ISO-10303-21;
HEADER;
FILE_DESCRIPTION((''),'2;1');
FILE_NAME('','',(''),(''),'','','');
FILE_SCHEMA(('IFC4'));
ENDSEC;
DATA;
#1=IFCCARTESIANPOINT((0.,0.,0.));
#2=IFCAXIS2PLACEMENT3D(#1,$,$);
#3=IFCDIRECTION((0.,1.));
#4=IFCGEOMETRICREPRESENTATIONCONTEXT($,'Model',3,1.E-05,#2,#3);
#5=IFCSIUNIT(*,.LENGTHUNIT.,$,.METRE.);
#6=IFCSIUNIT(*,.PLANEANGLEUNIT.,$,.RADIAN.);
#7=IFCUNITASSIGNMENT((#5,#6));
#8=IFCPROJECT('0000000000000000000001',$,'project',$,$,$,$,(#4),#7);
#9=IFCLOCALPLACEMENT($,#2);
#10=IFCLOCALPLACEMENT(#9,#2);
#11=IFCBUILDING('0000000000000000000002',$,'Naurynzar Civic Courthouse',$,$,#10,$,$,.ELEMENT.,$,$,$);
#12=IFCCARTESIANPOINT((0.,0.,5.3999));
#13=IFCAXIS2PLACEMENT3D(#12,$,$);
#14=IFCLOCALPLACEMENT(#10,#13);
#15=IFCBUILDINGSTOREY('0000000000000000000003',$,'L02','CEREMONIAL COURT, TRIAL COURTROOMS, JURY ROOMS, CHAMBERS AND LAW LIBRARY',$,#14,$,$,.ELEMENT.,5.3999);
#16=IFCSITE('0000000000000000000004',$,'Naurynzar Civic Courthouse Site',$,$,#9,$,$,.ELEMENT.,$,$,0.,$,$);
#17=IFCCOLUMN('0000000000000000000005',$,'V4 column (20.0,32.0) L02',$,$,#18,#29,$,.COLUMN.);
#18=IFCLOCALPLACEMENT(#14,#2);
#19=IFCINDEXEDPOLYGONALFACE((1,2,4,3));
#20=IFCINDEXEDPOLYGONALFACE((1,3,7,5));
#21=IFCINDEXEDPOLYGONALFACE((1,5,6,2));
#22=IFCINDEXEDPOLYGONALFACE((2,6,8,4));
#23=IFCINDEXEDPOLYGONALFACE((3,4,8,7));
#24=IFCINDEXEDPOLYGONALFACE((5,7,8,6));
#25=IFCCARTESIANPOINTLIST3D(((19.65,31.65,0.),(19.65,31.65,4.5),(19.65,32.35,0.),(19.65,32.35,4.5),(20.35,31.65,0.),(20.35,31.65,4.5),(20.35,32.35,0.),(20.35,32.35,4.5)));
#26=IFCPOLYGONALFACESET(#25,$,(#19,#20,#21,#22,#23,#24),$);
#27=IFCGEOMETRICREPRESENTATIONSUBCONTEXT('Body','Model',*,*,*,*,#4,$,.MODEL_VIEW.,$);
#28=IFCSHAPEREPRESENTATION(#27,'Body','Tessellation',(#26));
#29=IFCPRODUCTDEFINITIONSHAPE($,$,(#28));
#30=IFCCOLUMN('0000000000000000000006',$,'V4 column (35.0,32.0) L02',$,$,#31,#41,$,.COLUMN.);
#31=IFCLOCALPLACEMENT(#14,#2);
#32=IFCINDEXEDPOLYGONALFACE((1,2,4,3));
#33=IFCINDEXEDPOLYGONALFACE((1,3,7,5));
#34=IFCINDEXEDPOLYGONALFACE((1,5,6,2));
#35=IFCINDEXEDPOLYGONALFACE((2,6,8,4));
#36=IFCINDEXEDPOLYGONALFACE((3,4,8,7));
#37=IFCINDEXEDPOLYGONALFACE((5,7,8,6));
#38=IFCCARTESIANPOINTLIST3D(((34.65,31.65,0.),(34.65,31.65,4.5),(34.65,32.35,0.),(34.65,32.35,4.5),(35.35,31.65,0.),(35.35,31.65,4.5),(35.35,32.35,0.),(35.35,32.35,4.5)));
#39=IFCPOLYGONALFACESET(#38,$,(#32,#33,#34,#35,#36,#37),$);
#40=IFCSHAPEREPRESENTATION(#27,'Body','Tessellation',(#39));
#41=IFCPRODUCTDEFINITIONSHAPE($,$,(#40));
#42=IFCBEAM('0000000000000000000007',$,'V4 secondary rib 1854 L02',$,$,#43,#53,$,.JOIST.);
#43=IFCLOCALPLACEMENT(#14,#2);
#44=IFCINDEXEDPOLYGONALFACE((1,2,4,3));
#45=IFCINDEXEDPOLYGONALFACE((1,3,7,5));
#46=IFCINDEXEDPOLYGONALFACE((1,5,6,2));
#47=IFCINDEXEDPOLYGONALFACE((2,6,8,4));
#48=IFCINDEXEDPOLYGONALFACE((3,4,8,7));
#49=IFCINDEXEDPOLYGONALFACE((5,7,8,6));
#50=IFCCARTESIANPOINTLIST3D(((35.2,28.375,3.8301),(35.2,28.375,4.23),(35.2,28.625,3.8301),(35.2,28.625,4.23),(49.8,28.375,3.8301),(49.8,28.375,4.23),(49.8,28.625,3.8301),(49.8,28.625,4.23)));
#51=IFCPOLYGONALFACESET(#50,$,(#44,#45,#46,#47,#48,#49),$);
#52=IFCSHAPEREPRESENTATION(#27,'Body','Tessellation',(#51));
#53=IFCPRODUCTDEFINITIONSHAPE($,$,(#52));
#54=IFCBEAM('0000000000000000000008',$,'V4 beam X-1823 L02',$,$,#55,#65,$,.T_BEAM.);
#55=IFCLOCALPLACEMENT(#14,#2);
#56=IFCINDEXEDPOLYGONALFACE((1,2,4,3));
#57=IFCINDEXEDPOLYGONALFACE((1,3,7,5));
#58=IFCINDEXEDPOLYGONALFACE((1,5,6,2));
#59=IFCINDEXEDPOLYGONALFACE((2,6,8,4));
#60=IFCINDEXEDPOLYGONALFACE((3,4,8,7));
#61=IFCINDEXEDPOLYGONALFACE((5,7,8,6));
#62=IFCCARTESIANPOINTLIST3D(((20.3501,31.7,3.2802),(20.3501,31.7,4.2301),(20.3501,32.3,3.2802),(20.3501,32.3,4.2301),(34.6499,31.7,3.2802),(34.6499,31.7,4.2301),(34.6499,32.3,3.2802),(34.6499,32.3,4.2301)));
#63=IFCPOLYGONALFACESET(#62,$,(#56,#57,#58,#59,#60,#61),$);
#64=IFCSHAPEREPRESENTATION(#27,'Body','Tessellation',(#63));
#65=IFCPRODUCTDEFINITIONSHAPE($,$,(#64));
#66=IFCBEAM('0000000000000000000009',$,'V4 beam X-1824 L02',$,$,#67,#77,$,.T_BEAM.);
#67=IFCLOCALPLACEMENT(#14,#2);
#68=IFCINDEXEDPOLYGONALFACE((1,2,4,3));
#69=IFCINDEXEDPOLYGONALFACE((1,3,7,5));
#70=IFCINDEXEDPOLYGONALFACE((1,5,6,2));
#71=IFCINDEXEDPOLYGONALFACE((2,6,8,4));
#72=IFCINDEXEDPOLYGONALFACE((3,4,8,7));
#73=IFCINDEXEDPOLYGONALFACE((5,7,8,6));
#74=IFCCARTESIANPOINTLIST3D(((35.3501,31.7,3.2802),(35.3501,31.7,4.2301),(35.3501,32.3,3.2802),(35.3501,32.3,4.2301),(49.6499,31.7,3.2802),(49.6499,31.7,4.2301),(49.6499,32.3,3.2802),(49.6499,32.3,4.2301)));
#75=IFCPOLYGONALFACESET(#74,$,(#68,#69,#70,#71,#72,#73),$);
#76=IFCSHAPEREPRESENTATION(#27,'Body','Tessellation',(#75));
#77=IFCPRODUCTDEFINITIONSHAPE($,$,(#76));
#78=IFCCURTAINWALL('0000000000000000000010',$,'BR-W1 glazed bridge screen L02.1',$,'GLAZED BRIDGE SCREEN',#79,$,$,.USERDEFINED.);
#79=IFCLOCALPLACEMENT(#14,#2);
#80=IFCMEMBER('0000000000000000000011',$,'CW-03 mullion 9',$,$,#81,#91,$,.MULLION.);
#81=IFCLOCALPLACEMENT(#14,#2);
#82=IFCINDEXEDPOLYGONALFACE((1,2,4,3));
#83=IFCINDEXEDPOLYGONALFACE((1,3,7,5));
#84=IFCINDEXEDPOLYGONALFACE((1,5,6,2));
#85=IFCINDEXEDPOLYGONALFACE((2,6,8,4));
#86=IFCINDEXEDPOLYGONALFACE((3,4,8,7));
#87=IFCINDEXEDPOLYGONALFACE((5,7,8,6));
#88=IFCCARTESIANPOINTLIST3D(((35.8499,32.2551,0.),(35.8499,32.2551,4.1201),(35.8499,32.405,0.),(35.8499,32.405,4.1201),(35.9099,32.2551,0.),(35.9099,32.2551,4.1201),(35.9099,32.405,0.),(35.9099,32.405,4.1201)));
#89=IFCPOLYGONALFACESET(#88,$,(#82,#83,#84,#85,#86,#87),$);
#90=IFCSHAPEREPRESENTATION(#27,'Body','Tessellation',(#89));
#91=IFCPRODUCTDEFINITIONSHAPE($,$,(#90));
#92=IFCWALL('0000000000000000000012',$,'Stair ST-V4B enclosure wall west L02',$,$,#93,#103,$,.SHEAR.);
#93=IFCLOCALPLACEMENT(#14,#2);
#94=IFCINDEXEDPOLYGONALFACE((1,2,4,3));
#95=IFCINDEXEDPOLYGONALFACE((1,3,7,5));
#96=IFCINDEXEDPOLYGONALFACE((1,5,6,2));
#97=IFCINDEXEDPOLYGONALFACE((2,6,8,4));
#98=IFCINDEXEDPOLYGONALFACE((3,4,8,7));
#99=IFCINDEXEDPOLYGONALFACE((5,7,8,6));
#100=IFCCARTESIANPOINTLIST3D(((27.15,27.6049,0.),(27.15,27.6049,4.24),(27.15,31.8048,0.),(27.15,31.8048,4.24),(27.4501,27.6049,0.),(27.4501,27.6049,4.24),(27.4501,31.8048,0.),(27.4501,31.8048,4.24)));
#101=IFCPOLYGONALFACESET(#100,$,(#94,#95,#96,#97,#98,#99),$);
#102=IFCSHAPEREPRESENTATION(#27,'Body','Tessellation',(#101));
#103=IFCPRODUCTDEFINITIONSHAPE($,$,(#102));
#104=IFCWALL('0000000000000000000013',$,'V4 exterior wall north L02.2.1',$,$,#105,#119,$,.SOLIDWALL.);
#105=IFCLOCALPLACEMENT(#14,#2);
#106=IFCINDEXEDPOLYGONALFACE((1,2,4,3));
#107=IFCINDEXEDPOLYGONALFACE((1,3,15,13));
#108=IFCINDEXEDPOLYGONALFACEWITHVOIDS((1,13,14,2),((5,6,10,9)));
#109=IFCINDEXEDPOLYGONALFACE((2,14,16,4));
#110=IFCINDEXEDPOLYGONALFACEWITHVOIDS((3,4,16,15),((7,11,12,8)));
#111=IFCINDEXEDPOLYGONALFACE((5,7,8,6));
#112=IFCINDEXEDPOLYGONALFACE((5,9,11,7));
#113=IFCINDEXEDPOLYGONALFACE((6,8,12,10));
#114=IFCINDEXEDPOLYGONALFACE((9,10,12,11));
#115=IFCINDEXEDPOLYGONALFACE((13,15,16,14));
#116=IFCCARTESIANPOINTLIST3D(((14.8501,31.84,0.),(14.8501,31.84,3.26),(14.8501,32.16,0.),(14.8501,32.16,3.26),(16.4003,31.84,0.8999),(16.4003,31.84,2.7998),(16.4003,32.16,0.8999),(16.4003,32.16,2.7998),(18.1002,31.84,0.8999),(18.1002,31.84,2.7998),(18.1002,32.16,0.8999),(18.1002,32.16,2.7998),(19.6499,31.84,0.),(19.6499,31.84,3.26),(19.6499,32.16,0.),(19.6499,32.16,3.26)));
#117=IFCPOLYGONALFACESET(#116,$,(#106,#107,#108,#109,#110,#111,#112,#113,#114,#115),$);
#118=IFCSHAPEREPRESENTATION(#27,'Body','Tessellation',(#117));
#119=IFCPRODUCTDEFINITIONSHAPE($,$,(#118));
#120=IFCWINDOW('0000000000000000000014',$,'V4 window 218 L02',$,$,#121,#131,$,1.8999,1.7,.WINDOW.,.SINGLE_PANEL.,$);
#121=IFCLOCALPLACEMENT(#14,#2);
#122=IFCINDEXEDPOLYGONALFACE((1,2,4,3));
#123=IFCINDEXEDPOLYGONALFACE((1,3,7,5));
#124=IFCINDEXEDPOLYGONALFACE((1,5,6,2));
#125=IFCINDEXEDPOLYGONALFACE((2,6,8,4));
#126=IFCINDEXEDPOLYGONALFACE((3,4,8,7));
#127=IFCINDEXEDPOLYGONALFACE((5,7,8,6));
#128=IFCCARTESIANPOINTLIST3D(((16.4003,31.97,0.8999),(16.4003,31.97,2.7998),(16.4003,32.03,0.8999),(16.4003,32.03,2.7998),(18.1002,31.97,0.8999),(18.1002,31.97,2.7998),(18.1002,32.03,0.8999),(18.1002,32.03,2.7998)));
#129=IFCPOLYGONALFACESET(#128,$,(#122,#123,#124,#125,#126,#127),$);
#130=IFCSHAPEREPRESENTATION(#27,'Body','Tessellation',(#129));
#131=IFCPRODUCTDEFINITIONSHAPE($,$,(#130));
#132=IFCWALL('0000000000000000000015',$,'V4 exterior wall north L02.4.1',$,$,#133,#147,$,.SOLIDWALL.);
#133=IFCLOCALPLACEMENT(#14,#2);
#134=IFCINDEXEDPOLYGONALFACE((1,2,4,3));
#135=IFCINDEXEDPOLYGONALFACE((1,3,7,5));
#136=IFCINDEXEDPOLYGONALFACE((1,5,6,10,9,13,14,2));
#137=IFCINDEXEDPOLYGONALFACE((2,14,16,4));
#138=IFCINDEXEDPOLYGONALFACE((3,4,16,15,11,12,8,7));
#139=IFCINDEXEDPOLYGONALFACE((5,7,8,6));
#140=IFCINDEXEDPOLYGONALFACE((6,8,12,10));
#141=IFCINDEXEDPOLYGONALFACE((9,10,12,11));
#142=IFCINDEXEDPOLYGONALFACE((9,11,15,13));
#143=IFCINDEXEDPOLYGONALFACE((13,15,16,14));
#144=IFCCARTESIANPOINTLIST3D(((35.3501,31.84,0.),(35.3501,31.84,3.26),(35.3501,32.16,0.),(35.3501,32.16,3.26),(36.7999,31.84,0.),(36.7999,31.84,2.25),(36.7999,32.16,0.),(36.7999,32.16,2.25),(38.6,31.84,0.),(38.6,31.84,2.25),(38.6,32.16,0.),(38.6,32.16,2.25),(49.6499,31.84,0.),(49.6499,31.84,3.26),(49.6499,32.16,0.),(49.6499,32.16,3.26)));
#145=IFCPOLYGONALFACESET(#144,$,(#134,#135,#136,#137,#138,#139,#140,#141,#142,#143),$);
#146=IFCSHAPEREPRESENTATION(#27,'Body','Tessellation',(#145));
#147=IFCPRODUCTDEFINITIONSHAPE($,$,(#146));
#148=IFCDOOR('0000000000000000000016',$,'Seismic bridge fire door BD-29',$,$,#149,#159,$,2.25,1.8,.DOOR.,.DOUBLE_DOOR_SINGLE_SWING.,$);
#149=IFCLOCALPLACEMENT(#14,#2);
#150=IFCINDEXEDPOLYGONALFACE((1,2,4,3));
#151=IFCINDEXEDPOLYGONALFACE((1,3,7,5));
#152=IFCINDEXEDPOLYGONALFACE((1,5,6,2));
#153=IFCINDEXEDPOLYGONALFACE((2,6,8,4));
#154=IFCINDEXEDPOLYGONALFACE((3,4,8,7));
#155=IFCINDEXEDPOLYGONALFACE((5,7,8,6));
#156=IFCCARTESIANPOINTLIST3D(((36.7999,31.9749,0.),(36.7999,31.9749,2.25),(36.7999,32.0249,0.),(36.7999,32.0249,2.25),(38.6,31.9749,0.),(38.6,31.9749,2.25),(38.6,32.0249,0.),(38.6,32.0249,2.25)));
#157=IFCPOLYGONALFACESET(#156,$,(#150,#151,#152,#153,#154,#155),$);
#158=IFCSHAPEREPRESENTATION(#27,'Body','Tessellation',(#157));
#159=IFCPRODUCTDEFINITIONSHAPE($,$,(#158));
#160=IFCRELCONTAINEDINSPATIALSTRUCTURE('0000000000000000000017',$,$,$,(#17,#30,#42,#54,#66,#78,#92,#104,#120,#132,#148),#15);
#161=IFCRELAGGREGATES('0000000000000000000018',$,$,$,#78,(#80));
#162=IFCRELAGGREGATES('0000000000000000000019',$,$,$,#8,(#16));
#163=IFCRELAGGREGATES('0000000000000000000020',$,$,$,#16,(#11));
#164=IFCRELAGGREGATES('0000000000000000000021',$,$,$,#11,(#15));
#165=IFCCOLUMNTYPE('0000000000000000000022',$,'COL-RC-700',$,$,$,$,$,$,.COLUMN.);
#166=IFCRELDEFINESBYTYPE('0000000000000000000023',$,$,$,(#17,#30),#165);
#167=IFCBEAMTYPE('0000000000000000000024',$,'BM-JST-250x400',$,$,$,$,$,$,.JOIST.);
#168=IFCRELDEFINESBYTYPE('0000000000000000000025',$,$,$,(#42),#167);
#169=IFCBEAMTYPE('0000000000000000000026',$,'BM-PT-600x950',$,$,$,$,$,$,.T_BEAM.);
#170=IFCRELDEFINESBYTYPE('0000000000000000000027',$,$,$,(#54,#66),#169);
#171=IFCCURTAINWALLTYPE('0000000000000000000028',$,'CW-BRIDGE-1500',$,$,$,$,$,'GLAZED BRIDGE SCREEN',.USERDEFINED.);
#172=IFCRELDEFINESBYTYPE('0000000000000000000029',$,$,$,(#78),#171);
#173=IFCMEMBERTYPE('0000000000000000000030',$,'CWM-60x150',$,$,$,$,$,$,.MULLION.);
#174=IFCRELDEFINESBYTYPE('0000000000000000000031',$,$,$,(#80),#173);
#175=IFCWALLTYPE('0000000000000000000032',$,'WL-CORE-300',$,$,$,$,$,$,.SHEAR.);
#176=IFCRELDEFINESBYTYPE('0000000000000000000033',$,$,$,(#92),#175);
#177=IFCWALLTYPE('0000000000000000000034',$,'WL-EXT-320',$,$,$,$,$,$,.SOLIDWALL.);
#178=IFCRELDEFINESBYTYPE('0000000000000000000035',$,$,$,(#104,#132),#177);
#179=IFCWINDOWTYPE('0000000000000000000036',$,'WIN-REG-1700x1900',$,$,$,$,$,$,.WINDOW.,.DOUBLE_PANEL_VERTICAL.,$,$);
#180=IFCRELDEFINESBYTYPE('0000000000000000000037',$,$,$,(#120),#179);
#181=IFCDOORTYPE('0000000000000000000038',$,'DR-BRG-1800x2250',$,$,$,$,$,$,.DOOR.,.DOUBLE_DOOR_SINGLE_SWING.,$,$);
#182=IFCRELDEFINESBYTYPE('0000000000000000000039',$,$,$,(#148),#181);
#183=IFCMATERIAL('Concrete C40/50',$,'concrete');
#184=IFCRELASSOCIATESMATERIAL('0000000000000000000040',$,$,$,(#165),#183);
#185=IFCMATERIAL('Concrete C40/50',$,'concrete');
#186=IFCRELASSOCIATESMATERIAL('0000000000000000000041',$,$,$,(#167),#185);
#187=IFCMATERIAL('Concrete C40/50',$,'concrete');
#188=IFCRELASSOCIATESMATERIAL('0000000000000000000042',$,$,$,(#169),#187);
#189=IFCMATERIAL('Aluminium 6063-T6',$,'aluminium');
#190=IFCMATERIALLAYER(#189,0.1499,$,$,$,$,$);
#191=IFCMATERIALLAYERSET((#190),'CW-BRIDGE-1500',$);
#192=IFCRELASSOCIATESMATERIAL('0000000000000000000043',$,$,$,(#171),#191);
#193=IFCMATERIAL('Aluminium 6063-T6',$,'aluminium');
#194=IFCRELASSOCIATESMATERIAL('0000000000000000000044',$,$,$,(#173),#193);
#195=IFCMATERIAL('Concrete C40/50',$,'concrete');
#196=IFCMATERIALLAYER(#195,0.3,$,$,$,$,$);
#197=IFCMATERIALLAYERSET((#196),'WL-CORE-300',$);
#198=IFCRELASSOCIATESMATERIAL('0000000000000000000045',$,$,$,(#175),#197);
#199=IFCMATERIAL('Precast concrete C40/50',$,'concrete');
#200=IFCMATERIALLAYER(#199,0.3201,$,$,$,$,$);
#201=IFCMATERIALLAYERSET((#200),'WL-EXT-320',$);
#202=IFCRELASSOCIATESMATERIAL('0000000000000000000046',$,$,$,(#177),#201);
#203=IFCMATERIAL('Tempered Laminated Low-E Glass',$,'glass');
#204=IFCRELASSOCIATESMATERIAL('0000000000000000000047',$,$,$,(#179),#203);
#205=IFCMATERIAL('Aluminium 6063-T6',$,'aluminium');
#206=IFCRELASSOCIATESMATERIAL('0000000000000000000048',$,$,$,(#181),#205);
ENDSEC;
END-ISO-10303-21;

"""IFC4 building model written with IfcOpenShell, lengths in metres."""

from ifc_helpers import new_model, si_unit, direction, frame, frame_2d, origin, origin_2d, place, context, subcontext, project, spatial, rectangle, extrude, material, layer, layer_set, material_profile, profile_set, type_object, element, fill, aggregate, save


model = new_model("IFC4")

# Units and contexts
model_context = context("Model", 3, precision=1e-05, world=origin(), true_north=direction((0.0, 1.0)))
body_context = subcontext(model_context, "Body", "Model", "MODEL_VIEW")
ifc_project = project(units=[si_unit("LENGTHUNIT", "METRE"), si_unit("PLANEANGLEUNIT", "RADIAN")], contexts=[model_context])

# Site, building, storey
site_placement = place(None, origin())
site = spatial("IfcSite", under=ifc_project, at=site_placement, Name="Naurynzar Civic Courthouse Site", CompositionType="ELEMENT", RefElevation=0.0)
building_placement = place(site_placement, origin())
building = spatial("IfcBuilding", under=site, at=building_placement, Name="Naurynzar Civic Courthouse", CompositionType="ELEMENT")
storey_placement = place(building_placement, frame((0.0, 0.0, 5.3999)))
storey = spatial("IfcBuildingStorey", under=building, at=storey_placement, Name="L02", Description="CEREMONIAL COURT, TRIAL COURTROOMS, JURY ROOMS, CHAMBERS AND LAW LIBRARY", CompositionType="ELEMENT", Elevation=5.3999)

# Columns
ifc_material_1 = material(Name="Concrete C40/50", Category="concrete")
ifc_material_profile_1 = material_profile(ifc_material_1, rectangle(XDim=0.7, YDim=0.7, at=origin_2d()), Name="RC 700x700")
ifc_profile_set_1 = profile_set([ifc_material_profile_1], Name="Concrete C40/50")
column_type = type_object("IfcColumnType", Name="COL-RC-700", PredefinedType="COLUMN", material=ifc_profile_set_1)
for number, where, z_axis, x_axis, name in (
    (1, (20.0, 32.0, 0.0), (0.0, 0.0, 1.0), (1.0, 0.0, 0.0), "V4 column (20.0,32.0) L02"),
    (2, (35.0, 32.0, 0.0), (0.0, 0.0, 1.0), (1.0, 0.0, 0.0), "V4 column (35.0,32.0) L02"),
):
    element("IfcColumn", number, at=place(storey_placement, frame(where, z_axis=z_axis, x_axis=x_axis)), inside=storey, type_object=column_type, Name=name, PredefinedType="COLUMN", context=body_context, shape_type="SweptSolid", body=[
        extrude(rectangle(XDim=0.7, YDim=0.7, at=origin_2d()), origin(), (0.0, 0.0, 1.0), 4.5),
    ])

# Beams
ifc_material_2 = material(Name="Concrete C40/50", Category="concrete")
ifc_material_profile_2 = material_profile(ifc_material_2, rectangle(XDim=0.25, YDim=0.3999, at=origin_2d()), Name="RCB 250x400")
ifc_profile_set_2 = profile_set([ifc_material_profile_2], Name="Concrete C40/50")
beam_type_1 = type_object("IfcBeamType", Name="BM-JST-250x400", PredefinedType="JOIST", material=ifc_profile_set_2)
beam_placement = place(storey_placement, frame((35.2, 28.5, 4.03), z_axis=(1.0, 0.0, 0.0), x_axis=(0.0, 1.0, 0.0)))
element("IfcBeam", 3, at=beam_placement, inside=storey, type_object=beam_type_1, Name="V4 secondary rib 1854 L02", PredefinedType="JOIST", context=body_context, shape_type="SweptSolid", body=[
    extrude(rectangle(XDim=0.25, YDim=0.3999, at=origin_2d()), origin(), (0.0, 0.0, 1.0), 14.6001),
])
ifc_material_3 = material(Name="Concrete C40/50", Category="concrete")
ifc_material_profile_3 = material_profile(ifc_material_3, rectangle(XDim=0.6001, YDim=0.95, at=origin_2d()), Name="PTB 600x950")
ifc_profile_set_3 = profile_set([ifc_material_profile_3], Name="Concrete C40/50")
beam_type_2 = type_object("IfcBeamType", Name="BM-PT-600x950", PredefinedType="T_BEAM", material=ifc_profile_set_3)
for number, where, z_axis, x_axis, name in (
    (4, (20.3501, 32.0, 3.7551), (1.0, 0.0, 0.0), (0.0, 1.0, 0.0), "V4 beam X-1823 L02"),
    (5, (35.3501, 32.0, 3.7551), (1.0, 0.0, 0.0), (0.0, 1.0, 0.0), "V4 beam X-1824 L02"),
):
    element("IfcBeam", number, at=place(storey_placement, frame(where, z_axis=z_axis, x_axis=x_axis)), inside=storey, type_object=beam_type_2, Name=name, PredefinedType="T_BEAM", context=body_context, shape_type="SweptSolid", body=[
        extrude(rectangle(XDim=0.6001, YDim=0.95, at=origin_2d()), origin(), (0.0, 0.0, 1.0), 14.2998),
    ])

# Curtain wall, member
ifc_material_4 = material(Name="Aluminium 6063-T6", Category="aluminium")
ifc_layer_1 = layer(ifc_material_4, 0.1499)
ifc_layer_set_1 = layer_set([ifc_layer_1], Name="CW-BRIDGE-1500")
curtain_wall_type = type_object("IfcCurtainWallType", Name="CW-BRIDGE-1500", ElementType="GLAZED BRIDGE SCREEN", PredefinedType="USERDEFINED", material=ifc_layer_set_1)
curtain_wall_placement = place(storey_placement, origin())
curtain_wall = element("IfcCurtainWall", 6, at=curtain_wall_placement, inside=storey, type_object=curtain_wall_type, Name="BR-W1 glazed bridge screen L02.1", ObjectType="GLAZED BRIDGE SCREEN", PredefinedType="USERDEFINED")
ifc_material_5 = material(Name="Aluminium 6063-T6", Category="aluminium")
ifc_material_profile_4 = material_profile(ifc_material_5, rectangle(XDim=0.0601, YDim=0.1499, at=origin_2d()), Name="ALU MULLION 60x150")
ifc_profile_set_4 = profile_set([ifc_material_profile_4], Name="Aluminium 6063-T6")
member_type = type_object("IfcMemberType", Name="CWM-60x150", PredefinedType="MULLION", material=ifc_profile_set_4)
member_placement = place(storey_placement, frame((35.8799, 32.3301, 0.0), z_axis=(0.0, 0.0, 1.0), x_axis=(1.0, 0.0, 0.0)))
member = element("IfcMember", 7, at=member_placement, type_object=member_type, Name="CW-03 mullion 9", PredefinedType="MULLION", context=body_context, shape_type="SweptSolid", body=[
    extrude(rectangle(XDim=0.0601, YDim=0.1499, at=origin_2d()), origin(), (0.0, 0.0, 1.0), 4.1201),
])
aggregate(curtain_wall, [member])

# Wall
ifc_material_6 = material(Name="Concrete C40/50", Category="concrete")
ifc_layer_2 = layer(ifc_material_6, 0.3)
ifc_layer_set_2 = layer_set([ifc_layer_2], Name="WL-CORE-300")
wall_type_1 = type_object("IfcWallType", Name="WL-CORE-300", PredefinedType="SHEAR", material=ifc_layer_set_2)
wall_1_placement = place(storey_placement, frame((27.3, 31.8049, 0.0), z_axis=(0.0, 0.0, 1.0), x_axis=(0.0, -1.0, 0.0)))
element("IfcWall", 8, at=wall_1_placement, inside=storey, type_object=wall_type_1, Name="Stair ST-V4B enclosure wall west L02", PredefinedType="SHEAR", context=body_context, shape_type="SweptSolid", body=[
    extrude(rectangle(XDim=4.2, YDim=0.3, at=frame_2d((2.1001, 0.0))), origin(), (0.0, 0.0, 1.0), 4.24),
])

# Wall, opening, window
ifc_material_7 = material(Name="Precast concrete C40/50", Category="concrete")
ifc_layer_3 = layer(ifc_material_7, 0.3201)
ifc_layer_set_3 = layer_set([ifc_layer_3], Name="WL-EXT-320")
wall_type_2 = type_object("IfcWallType", Name="WL-EXT-320", PredefinedType="SOLIDWALL", material=ifc_layer_set_3)
wall_2_placement = place(storey_placement, frame((14.8501, 32.0, 0.0), z_axis=(0.0, 0.0, 1.0), x_axis=(1.0, 0.0, 0.0)))
wall_2 = element("IfcWall", 9, at=wall_2_placement, inside=storey, type_object=wall_type_2, Name="V4 exterior wall north L02.2.1", PredefinedType="SOLIDWALL", context=body_context, shape_type="SweptSolid", body=[
    extrude(rectangle(XDim=4.7998, YDim=0.3201, at=frame_2d((2.3999, 0.0))), origin(), (0.0, 0.0, 1.0), 3.26),
])
opening_1_placement = place(wall_2_placement, frame((1.55, 0.0, 0.8999)))
opening_1 = element("IfcOpeningElement", 10, at=opening_1_placement, cuts=wall_2, PredefinedType="OPENING", context=body_context, shape_type="SweptSolid", body=[
    extrude(rectangle(XDim=1.7, YDim=1.8999, at=frame_2d((0.8501, 0.95))), frame((0.0, 0.1699, 0.0), z_axis=(0.0, -1.0, 0.0), x_axis=(1.0, 0.0, 0.0)), (0.0, 0.0, 1.0), 0.3401),
])
ifc_material_8 = material(Name="Tempered Laminated Low-E Glass", Category="glass")
window_type_1 = type_object("IfcWindowType", Name="WIN-REG-1700x1900", PartitioningType="DOUBLE_PANEL_VERTICAL", PredefinedType="WINDOW", material=ifc_material_8)
window_1_placement = place(opening_1_placement, origin())
window_1 = element("IfcWindow", 11, at=window_1_placement, inside=storey, type_object=window_type_1, Name="V4 window 218 L02", OverallHeight=1.8999, OverallWidth=1.7, PartitioningType="SINGLE_PANEL", PredefinedType="WINDOW", context=body_context, shape_type="SweptSolid", body=[
    extrude(rectangle(XDim=1.7, YDim=1.8999, at=frame_2d((0.8501, 0.95))), frame((0.0, 0.03, 0.0), z_axis=(0.0, -1.0, 0.0), x_axis=(1.0, 0.0, 0.0)), (0.0, 0.0, 1.0), 0.0601),
])
fill(opening_1, window_1)

# Wall, opening, door
wall_3_placement = place(storey_placement, frame((35.3501, 32.0, 0.0), z_axis=(0.0, 0.0, 1.0), x_axis=(1.0, 0.0, 0.0)))
wall_3 = element("IfcWall", 12, at=wall_3_placement, inside=storey, type_object=wall_type_2, Name="V4 exterior wall north L02.4.1", PredefinedType="SOLIDWALL", context=body_context, shape_type="SweptSolid", body=[
    extrude(rectangle(XDim=14.2998, YDim=0.3201, at=frame_2d((7.1499, 0.0))), origin(), (0.0, 0.0, 1.0), 3.26),
])
opening_2_placement = place(wall_3_placement, frame((1.45, 0.0, 0.0)))
opening_2 = element("IfcOpeningElement", 13, at=opening_2_placement, cuts=wall_3, PredefinedType="OPENING", context=body_context, shape_type="SweptSolid", body=[
    extrude(rectangle(XDim=1.8, YDim=2.25, at=frame_2d((0.8999, 1.125))), frame((0.0, 0.1699, 0.0), z_axis=(0.0, -1.0, 0.0), x_axis=(1.0, 0.0, 0.0)), (0.0, 0.0, 1.0), 0.3401),
])
ifc_material_9 = material(Name="Aluminium 6063-T6", Category="aluminium")
door_type = type_object("IfcDoorType", Name="DR-BRG-1800x2250", OperationType="DOUBLE_DOOR_SINGLE_SWING", PredefinedType="DOOR", material=ifc_material_9)
door_placement = place(opening_2_placement, origin())
door = element("IfcDoor", 14, at=door_placement, inside=storey, type_object=door_type, Name="Seismic bridge fire door BD-29", OperationType="DOUBLE_DOOR_SINGLE_SWING", OverallHeight=2.25, OverallWidth=1.8, PredefinedType="DOOR", context=body_context, shape_type="SweptSolid", body=[
    extrude(rectangle(XDim=1.8, YDim=2.25, at=frame_2d((0.8999, 1.125))), frame((0.0, 0.0249, 0.0), z_axis=(0.0, -1.0, 0.0), x_axis=(1.0, 0.0, 0.0)), (0.0, 0.0, 1.0), 0.05),
])
fill(opening_2, door)

save(model, "model.ifc")
